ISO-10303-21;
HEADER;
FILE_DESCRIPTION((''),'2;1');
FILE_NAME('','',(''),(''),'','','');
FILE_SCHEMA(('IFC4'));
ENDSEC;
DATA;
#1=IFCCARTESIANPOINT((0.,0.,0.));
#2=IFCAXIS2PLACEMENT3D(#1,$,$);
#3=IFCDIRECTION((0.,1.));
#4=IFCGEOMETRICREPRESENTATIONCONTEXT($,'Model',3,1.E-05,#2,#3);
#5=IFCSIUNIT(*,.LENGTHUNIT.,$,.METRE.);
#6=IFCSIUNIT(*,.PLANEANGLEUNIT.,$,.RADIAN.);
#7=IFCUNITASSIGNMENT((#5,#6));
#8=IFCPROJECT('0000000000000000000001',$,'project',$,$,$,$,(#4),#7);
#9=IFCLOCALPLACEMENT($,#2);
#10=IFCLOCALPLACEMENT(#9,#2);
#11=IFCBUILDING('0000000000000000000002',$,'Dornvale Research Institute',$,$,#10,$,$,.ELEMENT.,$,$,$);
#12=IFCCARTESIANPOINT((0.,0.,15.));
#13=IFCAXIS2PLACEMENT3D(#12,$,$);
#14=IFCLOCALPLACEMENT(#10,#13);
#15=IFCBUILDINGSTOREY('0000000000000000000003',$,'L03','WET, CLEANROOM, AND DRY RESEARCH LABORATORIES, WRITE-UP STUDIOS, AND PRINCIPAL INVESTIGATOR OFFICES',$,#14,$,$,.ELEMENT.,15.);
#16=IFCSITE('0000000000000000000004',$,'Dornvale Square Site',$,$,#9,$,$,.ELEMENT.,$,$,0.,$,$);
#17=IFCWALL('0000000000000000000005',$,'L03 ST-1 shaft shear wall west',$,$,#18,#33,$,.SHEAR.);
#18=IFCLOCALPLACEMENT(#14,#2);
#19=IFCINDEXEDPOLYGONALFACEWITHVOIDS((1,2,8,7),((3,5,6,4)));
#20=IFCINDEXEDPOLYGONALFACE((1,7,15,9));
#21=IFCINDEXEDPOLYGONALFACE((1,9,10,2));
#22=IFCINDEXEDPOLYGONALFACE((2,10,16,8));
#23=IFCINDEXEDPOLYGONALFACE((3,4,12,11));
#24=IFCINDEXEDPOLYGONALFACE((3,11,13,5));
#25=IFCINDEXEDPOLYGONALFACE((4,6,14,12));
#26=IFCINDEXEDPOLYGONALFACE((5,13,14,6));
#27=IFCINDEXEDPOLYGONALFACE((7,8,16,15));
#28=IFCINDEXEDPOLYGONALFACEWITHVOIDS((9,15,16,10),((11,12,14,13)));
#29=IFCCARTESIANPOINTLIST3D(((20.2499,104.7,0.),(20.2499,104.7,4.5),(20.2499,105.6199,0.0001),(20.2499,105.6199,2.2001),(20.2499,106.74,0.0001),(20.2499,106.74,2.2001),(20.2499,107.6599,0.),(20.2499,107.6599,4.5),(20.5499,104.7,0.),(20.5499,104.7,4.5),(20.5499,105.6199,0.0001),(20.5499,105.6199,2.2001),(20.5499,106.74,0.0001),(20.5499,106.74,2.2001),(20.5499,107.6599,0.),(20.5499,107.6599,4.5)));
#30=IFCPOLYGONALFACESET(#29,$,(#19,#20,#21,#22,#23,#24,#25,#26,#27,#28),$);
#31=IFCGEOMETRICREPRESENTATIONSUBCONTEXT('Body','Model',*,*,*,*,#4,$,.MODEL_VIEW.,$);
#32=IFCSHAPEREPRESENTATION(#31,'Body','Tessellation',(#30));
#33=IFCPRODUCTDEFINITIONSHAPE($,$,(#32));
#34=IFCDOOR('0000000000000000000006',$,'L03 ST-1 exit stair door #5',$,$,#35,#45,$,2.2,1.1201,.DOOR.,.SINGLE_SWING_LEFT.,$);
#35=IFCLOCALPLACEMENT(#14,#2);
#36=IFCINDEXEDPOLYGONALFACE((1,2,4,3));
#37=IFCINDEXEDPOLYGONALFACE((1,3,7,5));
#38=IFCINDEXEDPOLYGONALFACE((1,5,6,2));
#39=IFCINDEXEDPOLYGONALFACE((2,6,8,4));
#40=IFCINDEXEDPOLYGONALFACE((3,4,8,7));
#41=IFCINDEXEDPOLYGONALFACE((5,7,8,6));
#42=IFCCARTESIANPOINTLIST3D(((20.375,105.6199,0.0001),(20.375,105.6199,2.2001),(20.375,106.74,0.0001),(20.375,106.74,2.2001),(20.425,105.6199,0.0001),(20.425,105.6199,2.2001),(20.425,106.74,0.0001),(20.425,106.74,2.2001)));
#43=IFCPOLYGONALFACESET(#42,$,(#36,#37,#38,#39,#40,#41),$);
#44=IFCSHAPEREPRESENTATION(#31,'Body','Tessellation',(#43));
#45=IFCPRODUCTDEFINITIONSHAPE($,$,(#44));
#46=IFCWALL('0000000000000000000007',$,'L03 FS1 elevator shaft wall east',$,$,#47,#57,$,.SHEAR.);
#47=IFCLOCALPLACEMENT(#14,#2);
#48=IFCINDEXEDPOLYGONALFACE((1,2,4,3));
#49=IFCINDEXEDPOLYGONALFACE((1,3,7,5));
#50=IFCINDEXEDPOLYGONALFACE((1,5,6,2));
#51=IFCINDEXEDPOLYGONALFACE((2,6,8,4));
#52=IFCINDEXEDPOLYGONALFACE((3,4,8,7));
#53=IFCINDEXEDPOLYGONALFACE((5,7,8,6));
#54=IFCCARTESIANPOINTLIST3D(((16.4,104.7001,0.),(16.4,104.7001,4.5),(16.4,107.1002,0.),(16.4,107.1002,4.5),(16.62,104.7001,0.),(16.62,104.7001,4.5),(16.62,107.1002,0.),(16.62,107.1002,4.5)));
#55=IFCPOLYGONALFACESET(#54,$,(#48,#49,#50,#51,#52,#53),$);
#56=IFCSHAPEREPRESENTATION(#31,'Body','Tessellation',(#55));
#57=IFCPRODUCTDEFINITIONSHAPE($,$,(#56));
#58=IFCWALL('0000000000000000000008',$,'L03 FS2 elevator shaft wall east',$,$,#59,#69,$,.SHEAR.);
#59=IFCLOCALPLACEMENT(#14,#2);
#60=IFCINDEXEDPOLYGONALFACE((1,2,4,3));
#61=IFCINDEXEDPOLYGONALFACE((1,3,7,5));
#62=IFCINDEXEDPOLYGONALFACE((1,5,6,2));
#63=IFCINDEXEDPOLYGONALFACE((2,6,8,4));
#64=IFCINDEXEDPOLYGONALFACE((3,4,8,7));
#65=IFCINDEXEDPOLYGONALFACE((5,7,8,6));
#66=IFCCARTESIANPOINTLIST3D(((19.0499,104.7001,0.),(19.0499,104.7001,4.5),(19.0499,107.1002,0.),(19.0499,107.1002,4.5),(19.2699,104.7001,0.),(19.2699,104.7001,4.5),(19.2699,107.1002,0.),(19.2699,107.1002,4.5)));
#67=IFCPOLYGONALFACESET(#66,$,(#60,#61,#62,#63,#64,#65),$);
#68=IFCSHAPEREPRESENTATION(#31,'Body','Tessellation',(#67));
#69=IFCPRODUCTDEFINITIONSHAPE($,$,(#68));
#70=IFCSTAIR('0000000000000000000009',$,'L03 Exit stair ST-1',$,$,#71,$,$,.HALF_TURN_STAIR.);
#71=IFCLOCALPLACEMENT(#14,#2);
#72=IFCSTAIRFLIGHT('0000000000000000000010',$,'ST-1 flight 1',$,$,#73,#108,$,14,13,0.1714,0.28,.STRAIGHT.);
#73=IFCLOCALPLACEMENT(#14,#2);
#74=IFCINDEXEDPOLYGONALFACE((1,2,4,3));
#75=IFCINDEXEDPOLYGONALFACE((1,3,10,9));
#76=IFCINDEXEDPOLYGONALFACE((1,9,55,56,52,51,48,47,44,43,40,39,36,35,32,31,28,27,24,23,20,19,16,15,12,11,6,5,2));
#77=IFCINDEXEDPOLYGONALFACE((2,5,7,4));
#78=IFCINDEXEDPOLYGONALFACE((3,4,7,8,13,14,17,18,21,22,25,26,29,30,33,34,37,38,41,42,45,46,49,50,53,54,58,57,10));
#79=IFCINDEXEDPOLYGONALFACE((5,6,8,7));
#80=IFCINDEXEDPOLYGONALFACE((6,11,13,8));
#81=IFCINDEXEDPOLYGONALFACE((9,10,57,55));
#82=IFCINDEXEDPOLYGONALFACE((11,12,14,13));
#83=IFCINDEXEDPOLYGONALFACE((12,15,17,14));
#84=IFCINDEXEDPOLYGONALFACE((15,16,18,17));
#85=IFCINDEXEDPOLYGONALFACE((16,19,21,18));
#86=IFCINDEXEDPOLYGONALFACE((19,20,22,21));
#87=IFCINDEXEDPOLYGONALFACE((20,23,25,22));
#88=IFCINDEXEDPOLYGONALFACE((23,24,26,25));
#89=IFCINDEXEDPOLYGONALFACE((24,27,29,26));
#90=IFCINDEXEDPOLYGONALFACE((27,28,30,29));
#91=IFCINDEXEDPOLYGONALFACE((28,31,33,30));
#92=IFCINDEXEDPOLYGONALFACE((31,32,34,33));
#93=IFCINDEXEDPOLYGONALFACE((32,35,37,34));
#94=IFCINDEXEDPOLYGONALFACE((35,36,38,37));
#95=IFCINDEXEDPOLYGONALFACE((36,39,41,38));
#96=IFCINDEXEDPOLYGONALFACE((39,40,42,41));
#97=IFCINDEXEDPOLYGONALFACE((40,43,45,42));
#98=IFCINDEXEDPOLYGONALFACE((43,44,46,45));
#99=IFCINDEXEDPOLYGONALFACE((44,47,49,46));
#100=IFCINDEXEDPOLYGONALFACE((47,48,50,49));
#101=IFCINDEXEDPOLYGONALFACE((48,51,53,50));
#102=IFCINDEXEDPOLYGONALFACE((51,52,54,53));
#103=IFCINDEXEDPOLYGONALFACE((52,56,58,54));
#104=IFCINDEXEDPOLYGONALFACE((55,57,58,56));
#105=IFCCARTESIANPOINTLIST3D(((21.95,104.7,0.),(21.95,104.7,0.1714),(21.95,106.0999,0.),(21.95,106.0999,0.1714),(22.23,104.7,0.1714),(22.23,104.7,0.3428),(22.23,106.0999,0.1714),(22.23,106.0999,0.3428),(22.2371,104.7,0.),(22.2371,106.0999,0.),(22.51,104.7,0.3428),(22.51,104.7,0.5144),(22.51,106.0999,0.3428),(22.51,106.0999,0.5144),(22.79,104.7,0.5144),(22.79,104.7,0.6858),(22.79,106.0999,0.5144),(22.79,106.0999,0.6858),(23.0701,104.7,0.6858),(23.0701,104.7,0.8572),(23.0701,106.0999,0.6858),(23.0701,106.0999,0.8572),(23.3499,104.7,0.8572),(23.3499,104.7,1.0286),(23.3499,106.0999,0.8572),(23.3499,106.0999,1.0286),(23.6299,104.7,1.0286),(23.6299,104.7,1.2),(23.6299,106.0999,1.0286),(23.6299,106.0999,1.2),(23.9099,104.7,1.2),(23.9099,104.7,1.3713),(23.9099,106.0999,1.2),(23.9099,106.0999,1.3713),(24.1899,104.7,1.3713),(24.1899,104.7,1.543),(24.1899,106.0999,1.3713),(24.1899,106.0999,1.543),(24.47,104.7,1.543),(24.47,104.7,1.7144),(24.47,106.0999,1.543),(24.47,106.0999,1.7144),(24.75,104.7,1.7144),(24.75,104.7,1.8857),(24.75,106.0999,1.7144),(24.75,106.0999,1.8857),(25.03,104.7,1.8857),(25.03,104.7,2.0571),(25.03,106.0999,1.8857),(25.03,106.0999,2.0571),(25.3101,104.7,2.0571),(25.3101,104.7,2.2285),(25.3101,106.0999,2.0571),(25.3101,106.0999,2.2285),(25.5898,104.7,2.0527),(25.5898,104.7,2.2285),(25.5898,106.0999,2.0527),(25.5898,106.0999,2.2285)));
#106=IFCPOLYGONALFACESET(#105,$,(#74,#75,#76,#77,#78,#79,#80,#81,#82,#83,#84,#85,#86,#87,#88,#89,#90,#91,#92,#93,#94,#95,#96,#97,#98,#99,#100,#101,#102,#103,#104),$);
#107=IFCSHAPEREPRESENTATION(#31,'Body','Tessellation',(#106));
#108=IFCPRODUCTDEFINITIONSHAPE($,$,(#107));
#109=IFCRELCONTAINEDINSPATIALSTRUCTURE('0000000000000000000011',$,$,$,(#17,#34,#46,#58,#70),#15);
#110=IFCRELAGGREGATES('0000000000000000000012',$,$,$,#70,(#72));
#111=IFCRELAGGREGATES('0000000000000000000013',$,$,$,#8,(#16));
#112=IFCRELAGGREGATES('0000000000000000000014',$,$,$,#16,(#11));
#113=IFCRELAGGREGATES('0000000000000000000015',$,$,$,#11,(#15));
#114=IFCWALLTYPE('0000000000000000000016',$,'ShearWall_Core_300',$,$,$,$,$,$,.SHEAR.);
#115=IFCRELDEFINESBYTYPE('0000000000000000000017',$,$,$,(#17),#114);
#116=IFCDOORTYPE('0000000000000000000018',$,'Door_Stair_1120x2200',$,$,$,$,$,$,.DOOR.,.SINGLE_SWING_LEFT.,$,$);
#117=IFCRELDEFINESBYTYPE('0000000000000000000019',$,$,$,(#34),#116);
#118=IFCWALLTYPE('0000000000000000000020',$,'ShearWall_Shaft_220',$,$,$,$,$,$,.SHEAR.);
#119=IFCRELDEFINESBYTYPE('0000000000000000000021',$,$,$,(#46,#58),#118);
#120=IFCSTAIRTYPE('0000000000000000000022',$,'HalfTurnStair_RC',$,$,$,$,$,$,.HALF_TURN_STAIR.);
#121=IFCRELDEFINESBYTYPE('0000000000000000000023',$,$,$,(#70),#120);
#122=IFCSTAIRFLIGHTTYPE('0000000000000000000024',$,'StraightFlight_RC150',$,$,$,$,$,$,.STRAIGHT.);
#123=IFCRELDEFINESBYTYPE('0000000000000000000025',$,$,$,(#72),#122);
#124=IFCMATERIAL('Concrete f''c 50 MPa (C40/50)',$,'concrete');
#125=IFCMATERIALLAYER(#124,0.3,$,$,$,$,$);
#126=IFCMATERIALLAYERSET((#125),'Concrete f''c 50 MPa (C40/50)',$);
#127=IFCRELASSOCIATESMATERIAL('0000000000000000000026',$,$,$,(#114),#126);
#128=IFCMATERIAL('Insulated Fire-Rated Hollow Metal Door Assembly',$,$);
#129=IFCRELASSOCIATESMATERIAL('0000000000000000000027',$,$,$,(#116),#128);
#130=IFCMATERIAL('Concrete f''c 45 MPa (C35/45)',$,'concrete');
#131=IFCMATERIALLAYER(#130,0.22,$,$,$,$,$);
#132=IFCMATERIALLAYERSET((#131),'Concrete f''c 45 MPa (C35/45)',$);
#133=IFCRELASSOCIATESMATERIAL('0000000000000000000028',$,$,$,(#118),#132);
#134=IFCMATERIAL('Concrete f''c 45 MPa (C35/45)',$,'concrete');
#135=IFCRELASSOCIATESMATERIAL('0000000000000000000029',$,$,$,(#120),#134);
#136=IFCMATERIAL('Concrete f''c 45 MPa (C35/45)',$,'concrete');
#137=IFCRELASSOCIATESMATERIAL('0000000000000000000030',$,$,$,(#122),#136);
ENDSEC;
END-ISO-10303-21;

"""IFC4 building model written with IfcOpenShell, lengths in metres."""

from ifc_helpers import new_model, si_unit, direction, frame, frame_2d, origin, place, context, subcontext, project, spatial, polyline, rectangle, outline, extrude, material, layer, layer_set, type_object, element, fill, aggregate, save


model = new_model("IFC4")

# Units and contexts
model_context = context("Model", 3, precision=1e-05, world=origin(), true_north=direction((0.0, 1.0)))
body_context = subcontext(model_context, "Body", "Model", "MODEL_VIEW")
ifc_project = project(units=[si_unit("LENGTHUNIT", "METRE"), si_unit("PLANEANGLEUNIT", "RADIAN")], contexts=[model_context])

# Site, building, storey
site_placement = place(None, origin())
site = spatial("IfcSite", under=ifc_project, at=site_placement, Name="Dornvale Square Site", CompositionType="ELEMENT", RefElevation=0.0)
building_placement = place(site_placement, origin())
building = spatial("IfcBuilding", under=site, at=building_placement, Name="Dornvale Research Institute", CompositionType="ELEMENT")
storey_placement = place(building_placement, frame((0.0, 0.0, 15.0)))
storey = spatial("IfcBuildingStorey", under=building, at=storey_placement, Name="L03", Description="WET, CLEANROOM, AND DRY RESEARCH LABORATORIES, WRITE-UP STUDIOS, AND PRINCIPAL INVESTIGATOR OFFICES", CompositionType="ELEMENT", Elevation=15.0)

# Shared definitions
ifc_material_1 = material(Name="Concrete f'c 50 MPa (C40/50)", Category="concrete")
ifc_layer_1 = layer(ifc_material_1, 0.3)
ifc_layer_set_1 = layer_set([ifc_layer_1], Name="Concrete f'c 50 MPa (C40/50)")
wall_type_1 = type_object("IfcWallType", Name="ShearWall_Core_300", PredefinedType="SHEAR", material=ifc_layer_set_1)

# Wall, opening, door
wall_1_placement = place(storey_placement, frame((20.3999, 104.7, 0.0), z_axis=(0.0, 0.0, 1.0), x_axis=(0.0, 1.0, 0.0)))
wall_1 = element("IfcWall", 1, at=wall_1_placement, inside=storey, type_object=wall_type_1, Name="L03 ST-1 shaft shear wall west", PredefinedType="SHEAR", context=body_context, shape_type="SweptSolid", body=[
    extrude(rectangle(XDim=2.96, YDim=0.3, at=frame_2d((1.48, 0.0))), origin(), (0.0, 0.0, 1.0), 4.5),
])
opening_placement = place(wall_1_placement, frame((0.9199, 0.0, 0.0)))
opening = element("IfcOpeningElement", 2, at=opening_placement, cuts=wall_1, PredefinedType="OPENING", context=body_context, shape_type="SweptSolid", body=[
    extrude(rectangle(XDim=1.1201, YDim=2.2, at=frame_2d((0.5601, 1.1001))), frame((0.0, 0.165, 0.0), z_axis=(0.0, -1.0, 0.0), x_axis=(1.0, 0.0, 0.0)), (0.0, 0.0, 1.0), 0.3301),
])
ifc_material_2 = material(Name="Insulated Fire-Rated Hollow Metal Door Assembly")
door_type = type_object("IfcDoorType", Name="Door_Stair_1120x2200", OperationType="SINGLE_SWING_LEFT", PredefinedType="DOOR", material=ifc_material_2)
door_placement = place(opening_placement, origin())
door = element("IfcDoor", 3, at=door_placement, inside=storey, type_object=door_type, Name="L03 ST-1 exit stair door #5", OperationType="SINGLE_SWING_LEFT", OverallHeight=2.2, OverallWidth=1.1201, PredefinedType="DOOR", context=body_context, shape_type="SweptSolid", body=[
    extrude(rectangle(XDim=1.1201, YDim=2.2, at=frame_2d((0.5601, 1.1001))), frame((0.0, 0.0249, 0.0), z_axis=(0.0, -1.0, 0.0), x_axis=(1.0, 0.0, 0.0)), (0.0, 0.0, 1.0), 0.05),
])
fill(opening, door)

# Walls
ifc_material_3 = material(Name="Concrete f'c 45 MPa (C35/45)", Category="concrete")
ifc_layer_2 = layer(ifc_material_3, 0.22)
ifc_layer_set_2 = layer_set([ifc_layer_2], Name="Concrete f'c 45 MPa (C35/45)")
wall_type_2 = type_object("IfcWallType", Name="ShearWall_Shaft_220", PredefinedType="SHEAR", material=ifc_layer_set_2)
for number, where, z_axis, x_axis, name in (
    (4, (16.51, 104.7, 0.0), (0.0, 0.0, 1.0), (0.0, 1.0, 0.0), "L03 FS1 elevator shaft wall east"),
    (5, (19.1599, 104.7, 0.0), (0.0, 0.0, 1.0), (0.0, 1.0, 0.0), "L03 FS2 elevator shaft wall east"),
):
    element("IfcWall", number, at=place(storey_placement, frame(where, z_axis=z_axis, x_axis=x_axis)), inside=storey, type_object=wall_type_2, Name=name, PredefinedType="SHEAR", context=body_context, shape_type="SweptSolid", body=[
        extrude(rectangle(XDim=2.4001, YDim=0.22, at=frame_2d((1.2002, 0.0))), origin(), (0.0, 0.0, 1.0), 4.5),
    ])

# Stair, stair flight
ifc_material_4 = material(Name="Concrete f'c 45 MPa (C35/45)", Category="concrete")
stair_type = type_object("IfcStairType", Name="HalfTurnStair_RC", PredefinedType="HALF_TURN_STAIR", material=ifc_material_4)
stair_placement = place(storey_placement, origin())
stair = element("IfcStair", 6, at=stair_placement, inside=storey, type_object=stair_type, Name="L03 Exit stair ST-1", PredefinedType="HALF_TURN_STAIR")
ifc_material_5 = material(Name="Concrete f'c 45 MPa (C35/45)", Category="concrete")
stair_flight_type = type_object("IfcStairFlightType", Name="StraightFlight_RC150", PredefinedType="STRAIGHT", material=ifc_material_5)
stair_flight_placement = place(storey_placement, frame((21.95, 105.3999, 0.0), z_axis=(0.0, 0.0, 1.0), x_axis=(1.0, 0.0, 0.0)))
stair_flight = element("IfcStairFlight", 7, at=stair_flight_placement, type_object=stair_flight_type, Name="ST-1 flight 1", NumberOfRisers=14, NumberOfTreads=13, PredefinedType="STRAIGHT", RiserHeight=0.1714, TreadLength=0.28, context=body_context, shape_type="SweptSolid", body=[
    extrude(outline(polyline([(0.0, 0.0), (0.0, 0.1714), (0.28, 0.1714), (0.28, 0.3428), (0.5601, 0.3428), (0.5601, 0.5144), (0.8401, 0.5144), (0.8401, 0.6858), (1.1201, 0.6858), (1.1201, 0.8572), (1.3999, 0.8572), (1.3999, 1.0286), (1.6799, 1.0286), (1.6799, 1.2), (1.96, 1.2), (1.96, 1.3713), (2.24, 1.3713), (2.24, 1.543), (2.52, 1.543), (2.52, 1.7144), (2.8, 1.7144), (2.8, 1.8857), (3.0801, 1.8857), (3.0801, 2.0571), (3.3601, 2.0571), (3.3601, 2.2285), (3.6399, 2.2285), (3.6399, 2.3999), (3.6399, 2.0527), (0.2871, 0.0), (0.0, 0.0)])), frame((0.0, 0.7, 0.0), z_axis=(0.0, -1.0, 0.0), x_axis=(1.0, 0.0, 0.0)), (0.0, 0.0, 1.0), 1.3999),
])
aggregate(stair, [stair_flight])

save(model, "model.ifc")
